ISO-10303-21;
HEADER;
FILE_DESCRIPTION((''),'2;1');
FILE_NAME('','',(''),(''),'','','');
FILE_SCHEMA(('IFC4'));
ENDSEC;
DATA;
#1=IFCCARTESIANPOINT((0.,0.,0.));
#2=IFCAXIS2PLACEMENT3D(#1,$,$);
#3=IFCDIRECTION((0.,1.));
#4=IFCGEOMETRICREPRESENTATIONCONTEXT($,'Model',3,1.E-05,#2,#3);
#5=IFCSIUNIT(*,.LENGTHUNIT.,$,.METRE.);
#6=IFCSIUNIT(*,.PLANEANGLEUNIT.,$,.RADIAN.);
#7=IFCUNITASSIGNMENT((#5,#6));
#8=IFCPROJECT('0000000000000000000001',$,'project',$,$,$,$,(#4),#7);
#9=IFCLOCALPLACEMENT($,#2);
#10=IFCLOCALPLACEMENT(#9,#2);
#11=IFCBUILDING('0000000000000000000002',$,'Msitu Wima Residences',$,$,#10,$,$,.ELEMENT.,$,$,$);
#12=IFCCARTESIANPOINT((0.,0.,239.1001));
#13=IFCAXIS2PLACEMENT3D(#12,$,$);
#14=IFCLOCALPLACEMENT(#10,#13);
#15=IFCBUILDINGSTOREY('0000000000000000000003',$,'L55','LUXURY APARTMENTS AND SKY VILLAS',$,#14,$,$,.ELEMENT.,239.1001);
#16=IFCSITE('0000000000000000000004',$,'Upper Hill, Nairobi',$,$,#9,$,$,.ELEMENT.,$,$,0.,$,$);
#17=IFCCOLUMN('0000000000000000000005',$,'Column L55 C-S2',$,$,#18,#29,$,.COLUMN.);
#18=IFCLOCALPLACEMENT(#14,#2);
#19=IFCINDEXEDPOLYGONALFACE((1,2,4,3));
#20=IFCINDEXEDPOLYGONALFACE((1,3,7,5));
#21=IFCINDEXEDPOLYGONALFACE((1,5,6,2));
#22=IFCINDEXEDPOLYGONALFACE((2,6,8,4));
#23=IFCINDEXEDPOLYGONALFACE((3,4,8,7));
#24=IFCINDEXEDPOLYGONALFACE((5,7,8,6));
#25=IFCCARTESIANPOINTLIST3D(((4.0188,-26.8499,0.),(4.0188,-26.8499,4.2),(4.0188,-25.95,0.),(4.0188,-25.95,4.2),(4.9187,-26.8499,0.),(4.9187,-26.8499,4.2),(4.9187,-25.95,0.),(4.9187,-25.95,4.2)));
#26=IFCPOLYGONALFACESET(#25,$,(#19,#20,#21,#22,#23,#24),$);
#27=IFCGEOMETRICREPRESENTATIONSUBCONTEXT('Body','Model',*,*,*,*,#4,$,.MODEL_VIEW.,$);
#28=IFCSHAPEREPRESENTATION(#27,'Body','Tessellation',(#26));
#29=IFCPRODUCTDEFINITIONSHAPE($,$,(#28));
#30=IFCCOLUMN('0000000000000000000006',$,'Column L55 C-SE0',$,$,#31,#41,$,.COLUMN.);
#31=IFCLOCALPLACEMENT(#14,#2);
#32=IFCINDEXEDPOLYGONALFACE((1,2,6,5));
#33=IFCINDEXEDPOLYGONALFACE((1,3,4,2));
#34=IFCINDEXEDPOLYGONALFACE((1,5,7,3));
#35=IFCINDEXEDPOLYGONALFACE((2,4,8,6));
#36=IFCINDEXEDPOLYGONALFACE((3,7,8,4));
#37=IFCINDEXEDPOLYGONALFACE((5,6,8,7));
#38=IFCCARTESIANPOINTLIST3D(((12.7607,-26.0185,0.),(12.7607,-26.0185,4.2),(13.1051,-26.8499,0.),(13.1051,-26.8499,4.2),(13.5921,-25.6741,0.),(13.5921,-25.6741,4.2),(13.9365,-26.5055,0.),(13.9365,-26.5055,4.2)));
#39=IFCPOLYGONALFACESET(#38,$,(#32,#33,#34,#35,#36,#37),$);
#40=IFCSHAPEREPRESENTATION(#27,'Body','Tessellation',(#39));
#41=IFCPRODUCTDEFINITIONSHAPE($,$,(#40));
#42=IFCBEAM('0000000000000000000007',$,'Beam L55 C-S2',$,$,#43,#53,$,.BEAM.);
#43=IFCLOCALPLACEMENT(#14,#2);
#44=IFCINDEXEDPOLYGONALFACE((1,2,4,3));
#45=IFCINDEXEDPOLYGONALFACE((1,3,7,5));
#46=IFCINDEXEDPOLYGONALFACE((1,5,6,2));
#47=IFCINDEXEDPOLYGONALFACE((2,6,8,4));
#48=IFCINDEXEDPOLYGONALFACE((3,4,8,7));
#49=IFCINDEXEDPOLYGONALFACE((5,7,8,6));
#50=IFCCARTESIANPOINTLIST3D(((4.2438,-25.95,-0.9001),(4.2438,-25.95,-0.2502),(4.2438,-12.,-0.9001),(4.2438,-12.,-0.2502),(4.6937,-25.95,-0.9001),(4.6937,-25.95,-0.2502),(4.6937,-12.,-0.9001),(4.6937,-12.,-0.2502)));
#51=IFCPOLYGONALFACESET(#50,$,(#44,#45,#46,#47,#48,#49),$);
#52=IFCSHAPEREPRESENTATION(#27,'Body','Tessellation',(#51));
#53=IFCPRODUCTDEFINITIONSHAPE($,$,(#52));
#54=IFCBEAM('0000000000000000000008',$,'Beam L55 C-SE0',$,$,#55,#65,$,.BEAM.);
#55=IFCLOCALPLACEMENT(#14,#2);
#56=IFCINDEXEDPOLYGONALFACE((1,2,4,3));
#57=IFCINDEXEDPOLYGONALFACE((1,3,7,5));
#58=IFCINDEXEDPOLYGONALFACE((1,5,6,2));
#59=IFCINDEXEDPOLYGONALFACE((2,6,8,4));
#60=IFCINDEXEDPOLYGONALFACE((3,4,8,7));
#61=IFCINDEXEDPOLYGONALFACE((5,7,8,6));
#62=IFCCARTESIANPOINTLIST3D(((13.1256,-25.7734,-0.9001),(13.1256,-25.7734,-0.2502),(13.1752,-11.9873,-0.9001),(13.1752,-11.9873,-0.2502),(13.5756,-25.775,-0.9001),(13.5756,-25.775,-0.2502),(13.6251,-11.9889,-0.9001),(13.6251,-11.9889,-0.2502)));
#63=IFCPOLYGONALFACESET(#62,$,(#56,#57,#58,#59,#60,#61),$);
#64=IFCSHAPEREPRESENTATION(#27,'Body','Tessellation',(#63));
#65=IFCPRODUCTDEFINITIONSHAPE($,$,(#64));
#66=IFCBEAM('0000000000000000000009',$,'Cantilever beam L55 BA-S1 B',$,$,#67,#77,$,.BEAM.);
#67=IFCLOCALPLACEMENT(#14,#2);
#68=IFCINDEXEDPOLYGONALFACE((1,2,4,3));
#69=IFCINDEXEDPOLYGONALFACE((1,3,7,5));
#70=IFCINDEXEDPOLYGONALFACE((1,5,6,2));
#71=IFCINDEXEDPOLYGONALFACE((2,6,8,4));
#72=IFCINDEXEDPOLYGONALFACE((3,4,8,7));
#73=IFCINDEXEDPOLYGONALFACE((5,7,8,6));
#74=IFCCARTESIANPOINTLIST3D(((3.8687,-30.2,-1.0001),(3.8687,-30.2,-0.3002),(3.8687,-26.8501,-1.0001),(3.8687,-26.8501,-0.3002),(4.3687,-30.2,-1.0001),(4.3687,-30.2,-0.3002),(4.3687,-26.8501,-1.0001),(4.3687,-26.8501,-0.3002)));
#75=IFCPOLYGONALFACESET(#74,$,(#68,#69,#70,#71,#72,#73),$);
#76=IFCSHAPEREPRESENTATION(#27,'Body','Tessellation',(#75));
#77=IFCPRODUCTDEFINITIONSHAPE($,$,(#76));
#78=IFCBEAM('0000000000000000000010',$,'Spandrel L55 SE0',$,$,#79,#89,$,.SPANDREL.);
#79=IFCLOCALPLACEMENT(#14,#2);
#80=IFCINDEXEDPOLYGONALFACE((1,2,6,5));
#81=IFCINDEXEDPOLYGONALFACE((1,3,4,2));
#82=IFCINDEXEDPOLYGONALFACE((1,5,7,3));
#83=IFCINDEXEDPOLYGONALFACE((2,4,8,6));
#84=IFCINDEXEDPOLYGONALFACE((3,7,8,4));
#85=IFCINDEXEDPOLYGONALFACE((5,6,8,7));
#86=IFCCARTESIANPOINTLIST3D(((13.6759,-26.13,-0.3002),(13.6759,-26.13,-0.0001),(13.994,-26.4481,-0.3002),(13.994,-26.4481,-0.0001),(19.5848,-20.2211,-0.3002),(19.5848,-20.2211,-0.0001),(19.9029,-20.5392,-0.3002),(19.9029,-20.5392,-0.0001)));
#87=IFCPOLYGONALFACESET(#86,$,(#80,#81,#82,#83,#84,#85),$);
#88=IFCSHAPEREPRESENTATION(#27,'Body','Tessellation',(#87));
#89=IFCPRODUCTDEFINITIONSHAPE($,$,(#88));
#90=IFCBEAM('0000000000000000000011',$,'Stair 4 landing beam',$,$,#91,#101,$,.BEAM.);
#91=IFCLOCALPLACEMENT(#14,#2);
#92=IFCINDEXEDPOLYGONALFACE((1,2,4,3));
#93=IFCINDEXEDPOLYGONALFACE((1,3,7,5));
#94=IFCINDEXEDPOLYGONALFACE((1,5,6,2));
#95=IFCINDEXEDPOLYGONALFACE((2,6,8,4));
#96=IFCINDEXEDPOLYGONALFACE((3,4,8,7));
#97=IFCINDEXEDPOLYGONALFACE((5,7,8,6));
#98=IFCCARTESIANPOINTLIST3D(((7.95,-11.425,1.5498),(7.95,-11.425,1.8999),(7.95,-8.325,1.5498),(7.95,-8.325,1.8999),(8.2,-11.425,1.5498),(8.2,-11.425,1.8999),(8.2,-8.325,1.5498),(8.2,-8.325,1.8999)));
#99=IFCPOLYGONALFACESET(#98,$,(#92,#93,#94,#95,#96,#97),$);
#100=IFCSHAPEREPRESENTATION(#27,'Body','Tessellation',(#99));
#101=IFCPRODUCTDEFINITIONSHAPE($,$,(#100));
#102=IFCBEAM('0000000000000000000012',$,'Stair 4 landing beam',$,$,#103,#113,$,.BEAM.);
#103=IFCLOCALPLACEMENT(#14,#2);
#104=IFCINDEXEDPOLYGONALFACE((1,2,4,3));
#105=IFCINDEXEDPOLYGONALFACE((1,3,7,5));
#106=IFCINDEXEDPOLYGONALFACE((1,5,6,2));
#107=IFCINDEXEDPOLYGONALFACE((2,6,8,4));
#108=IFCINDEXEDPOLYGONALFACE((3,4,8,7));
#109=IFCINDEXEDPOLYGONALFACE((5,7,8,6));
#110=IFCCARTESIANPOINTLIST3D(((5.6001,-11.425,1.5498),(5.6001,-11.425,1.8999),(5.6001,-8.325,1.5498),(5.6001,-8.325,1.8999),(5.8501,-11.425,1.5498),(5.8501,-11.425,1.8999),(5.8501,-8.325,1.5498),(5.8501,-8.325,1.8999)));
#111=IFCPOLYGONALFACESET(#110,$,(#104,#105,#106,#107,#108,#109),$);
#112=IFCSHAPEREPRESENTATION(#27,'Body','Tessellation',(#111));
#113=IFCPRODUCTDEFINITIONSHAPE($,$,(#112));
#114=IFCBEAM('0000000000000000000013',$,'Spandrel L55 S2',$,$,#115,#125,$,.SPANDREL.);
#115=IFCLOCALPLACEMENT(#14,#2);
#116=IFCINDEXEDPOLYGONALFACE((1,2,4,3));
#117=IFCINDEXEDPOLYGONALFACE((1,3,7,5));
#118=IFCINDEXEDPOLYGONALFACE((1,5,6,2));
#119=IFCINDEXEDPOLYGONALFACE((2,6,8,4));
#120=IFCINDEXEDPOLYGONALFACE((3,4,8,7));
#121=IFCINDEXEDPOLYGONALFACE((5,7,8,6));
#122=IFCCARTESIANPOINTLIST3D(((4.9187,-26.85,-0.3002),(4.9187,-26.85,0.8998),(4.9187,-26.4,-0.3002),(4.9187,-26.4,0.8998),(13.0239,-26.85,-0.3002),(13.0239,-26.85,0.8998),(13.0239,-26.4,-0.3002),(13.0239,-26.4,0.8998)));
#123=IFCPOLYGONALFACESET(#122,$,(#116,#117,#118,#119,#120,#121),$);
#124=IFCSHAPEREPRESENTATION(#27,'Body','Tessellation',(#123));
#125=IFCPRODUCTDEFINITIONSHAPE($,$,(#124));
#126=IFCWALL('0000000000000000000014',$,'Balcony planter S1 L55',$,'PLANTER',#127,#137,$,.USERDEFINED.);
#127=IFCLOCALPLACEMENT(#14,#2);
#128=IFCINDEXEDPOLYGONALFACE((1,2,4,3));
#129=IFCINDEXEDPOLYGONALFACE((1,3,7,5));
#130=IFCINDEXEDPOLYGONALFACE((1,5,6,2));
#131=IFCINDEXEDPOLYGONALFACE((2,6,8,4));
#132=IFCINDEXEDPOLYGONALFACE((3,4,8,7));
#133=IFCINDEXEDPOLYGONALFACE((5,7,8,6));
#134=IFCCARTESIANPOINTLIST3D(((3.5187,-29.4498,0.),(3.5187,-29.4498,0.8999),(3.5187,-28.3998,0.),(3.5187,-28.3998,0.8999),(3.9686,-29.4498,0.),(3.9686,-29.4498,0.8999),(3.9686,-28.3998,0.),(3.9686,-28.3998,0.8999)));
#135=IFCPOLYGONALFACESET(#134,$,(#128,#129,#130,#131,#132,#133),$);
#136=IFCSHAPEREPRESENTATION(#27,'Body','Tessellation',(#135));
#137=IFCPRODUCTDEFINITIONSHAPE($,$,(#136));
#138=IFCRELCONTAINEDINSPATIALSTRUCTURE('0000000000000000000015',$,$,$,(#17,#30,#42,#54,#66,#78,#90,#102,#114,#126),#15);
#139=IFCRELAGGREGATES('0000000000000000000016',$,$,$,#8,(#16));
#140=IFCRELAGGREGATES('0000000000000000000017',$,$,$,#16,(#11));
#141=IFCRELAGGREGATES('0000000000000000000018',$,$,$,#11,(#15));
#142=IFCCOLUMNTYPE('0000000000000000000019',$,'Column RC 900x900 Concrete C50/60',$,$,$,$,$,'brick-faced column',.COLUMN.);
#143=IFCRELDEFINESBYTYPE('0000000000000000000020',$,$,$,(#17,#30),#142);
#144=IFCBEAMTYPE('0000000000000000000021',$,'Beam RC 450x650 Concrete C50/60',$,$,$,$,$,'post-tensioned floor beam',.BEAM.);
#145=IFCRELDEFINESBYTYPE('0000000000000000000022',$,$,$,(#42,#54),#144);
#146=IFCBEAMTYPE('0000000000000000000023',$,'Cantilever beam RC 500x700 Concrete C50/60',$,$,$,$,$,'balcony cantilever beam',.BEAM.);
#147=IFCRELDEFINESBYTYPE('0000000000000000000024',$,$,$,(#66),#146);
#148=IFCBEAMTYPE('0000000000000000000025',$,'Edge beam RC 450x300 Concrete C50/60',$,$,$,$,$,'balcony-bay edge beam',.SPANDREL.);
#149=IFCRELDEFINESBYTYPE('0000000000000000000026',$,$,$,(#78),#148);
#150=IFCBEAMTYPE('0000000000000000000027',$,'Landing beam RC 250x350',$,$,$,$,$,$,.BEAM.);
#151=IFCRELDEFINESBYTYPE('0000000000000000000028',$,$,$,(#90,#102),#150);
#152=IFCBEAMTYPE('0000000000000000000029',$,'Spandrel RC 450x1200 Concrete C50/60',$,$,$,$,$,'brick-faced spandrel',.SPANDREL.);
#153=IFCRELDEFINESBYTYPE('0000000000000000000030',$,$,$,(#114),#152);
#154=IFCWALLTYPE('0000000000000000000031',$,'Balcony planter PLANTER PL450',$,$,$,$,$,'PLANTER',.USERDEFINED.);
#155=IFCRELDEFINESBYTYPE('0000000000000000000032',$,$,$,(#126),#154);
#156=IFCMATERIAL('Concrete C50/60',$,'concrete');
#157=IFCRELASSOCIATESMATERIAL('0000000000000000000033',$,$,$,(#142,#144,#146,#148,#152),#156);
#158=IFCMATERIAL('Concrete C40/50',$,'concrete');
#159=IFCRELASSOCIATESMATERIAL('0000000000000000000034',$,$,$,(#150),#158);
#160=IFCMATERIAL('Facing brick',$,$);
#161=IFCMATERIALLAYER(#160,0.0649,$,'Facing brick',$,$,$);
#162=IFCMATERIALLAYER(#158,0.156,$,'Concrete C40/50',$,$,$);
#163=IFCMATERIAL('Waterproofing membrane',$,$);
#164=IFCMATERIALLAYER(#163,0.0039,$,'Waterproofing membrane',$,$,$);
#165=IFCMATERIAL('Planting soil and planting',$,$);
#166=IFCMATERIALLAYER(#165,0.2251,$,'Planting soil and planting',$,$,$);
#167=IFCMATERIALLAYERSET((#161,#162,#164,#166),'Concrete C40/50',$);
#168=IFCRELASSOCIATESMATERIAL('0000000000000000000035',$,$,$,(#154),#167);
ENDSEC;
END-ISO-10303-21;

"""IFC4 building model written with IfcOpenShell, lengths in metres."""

from ifc_helpers import new_model, si_unit, direction, frame, frame_2d, origin, origin_2d, place, context, subcontext, project, spatial, rectangle, extrude, material, layer, layer_set, material_profile, profile_set, type_object, element, save


model = new_model("IFC4")

# Units and contexts
model_context = context("Model", 3, precision=1e-05, world=origin(), true_north=direction((0.0, 1.0)))
body_context = subcontext(model_context, "Body", "Model", "MODEL_VIEW")
ifc_project = project(units=[si_unit("LENGTHUNIT", "METRE"), si_unit("PLANEANGLEUNIT", "RADIAN")], contexts=[model_context])

# Site, building, storey
site_placement = place(None, origin())
site = spatial("IfcSite", under=ifc_project, at=site_placement, Name="Upper Hill, Nairobi", CompositionType="ELEMENT", RefElevation=0.0)
building_placement = place(site_placement, origin())
building = spatial("IfcBuilding", under=site, at=building_placement, Name="Msitu Wima Residences", CompositionType="ELEMENT")
storey_placement = place(building_placement, frame((0.0, 0.0, 239.1001)))
storey = spatial("IfcBuildingStorey", under=building, at=storey_placement, Name="L55", Description="LUXURY APARTMENTS AND SKY VILLAS", CompositionType="ELEMENT", Elevation=239.1001)

# Columns
ifc_material_1 = material(Name="Concrete C50/60", Category="concrete")
ifc_material_profile_1 = material_profile(ifc_material_1, rectangle(XDim=0.8999, YDim=0.8999, at=origin_2d()), Name="RC 900x900")
ifc_profile_set_1 = profile_set([ifc_material_profile_1], Name="Concrete C50/60")
column_type = type_object("IfcColumnType", Name="Column RC 900x900 Concrete C50/60", ElementType="brick-faced column", PredefinedType="COLUMN", material=ifc_profile_set_1)
for number, where, z_axis, x_axis, name in (
    (1, (4.4688, -26.3999, 0.0), (0.0, 0.0, 1.0), (1.0, 0.0, 0.0), "Column L55 C-S2"),
    (2, (13.3486, -26.262, 0.0), (0.0, 0.0, 1.0), (0.92388, 0.382683, 0.0), "Column L55 C-SE0"),
):
    element("IfcColumn", number, at=place(storey_placement, frame(where, z_axis=z_axis, x_axis=x_axis)), inside=storey, type_object=column_type, Name=name, PredefinedType="COLUMN", context=body_context, shape_type="SweptSolid", body=[
        extrude(rectangle(XDim=0.8999, YDim=0.8999, at=origin_2d()), origin(), (0.0, 0.0, 1.0), 4.2),
    ])

# Beams
ifc_material_profile_2 = material_profile(ifc_material_1, rectangle(XDim=0.45, YDim=0.6499, at=origin_2d()), Name="RC 450x650")
ifc_profile_set_2 = profile_set([ifc_material_profile_2], Name="Concrete C50/60")
beam_type_1 = type_object("IfcBeamType", Name="Beam RC 450x650 Concrete C50/60", ElementType="post-tensioned floor beam", PredefinedType="BEAM", material=ifc_profile_set_2)
beam_1_placement = place(storey_placement, frame((4.4688, -25.95, -0.5752), z_axis=(0.0, 1.0, 0.0), x_axis=(-1.0, 0.0, 0.0)))
element("IfcBeam", 3, at=beam_1_placement, inside=storey, type_object=beam_type_1, Name="Beam L55 C-S2", PredefinedType="BEAM", context=body_context, shape_type="SweptSolid", body=[
    extrude(rectangle(XDim=0.45, YDim=0.6499, at=origin_2d()), origin(), (0.0, 0.0, 1.0), 13.95),
])
beam_2_placement = place(storey_placement, frame((13.3506, -25.7742, -0.5752), z_axis=(0.003595, 0.999994, 0.0), x_axis=(-0.999994, 0.003595, 0.0)))
element("IfcBeam", 4, at=beam_2_placement, inside=storey, type_object=beam_type_1, Name="Beam L55 C-SE0", PredefinedType="BEAM", context=body_context, shape_type="SweptSolid", body=[
    extrude(rectangle(XDim=0.45, YDim=0.6499, at=origin_2d()), origin(), (0.0, 0.0, 1.0), 13.7861),
])
ifc_material_profile_3 = material_profile(ifc_material_1, rectangle(XDim=0.5, YDim=0.7, at=origin_2d()), Name="RC 500x700")
ifc_profile_set_3 = profile_set([ifc_material_profile_3], Name="Concrete C50/60")
beam_type_2 = type_object("IfcBeamType", Name="Cantilever beam RC 500x700 Concrete C50/60", ElementType="balcony cantilever beam", PredefinedType="BEAM", material=ifc_profile_set_3)
beam_3_placement = place(storey_placement, frame((4.1187, -26.8501, -0.6501), z_axis=(0.0, -1.0, 0.0), x_axis=(1.0, 0.0, 0.0)))
element("IfcBeam", 5, at=beam_3_placement, inside=storey, type_object=beam_type_2, Name="Cantilever beam L55 BA-S1 B", PredefinedType="BEAM", context=body_context, shape_type="SweptSolid", body=[
    extrude(rectangle(XDim=0.5, YDim=0.7, at=origin_2d()), origin(), (0.0, 0.0, 1.0), 3.3499),
])
ifc_material_profile_4 = material_profile(ifc_material_1, rectangle(XDim=0.45, YDim=0.3, at=origin_2d()), Name="RC 450x300")
ifc_profile_set_4 = profile_set([ifc_material_profile_4], Name="Concrete C50/60")
beam_type_3 = type_object("IfcBeamType", Name="Edge beam RC 450x300 Concrete C50/60", ElementType="balcony-bay edge beam", PredefinedType="SPANDREL", material=ifc_profile_set_4)
beam_4_placement = place(storey_placement, frame((13.835, -26.2891, -0.1501), z_axis=(0.707107, 0.707107, 0.0), x_axis=(-0.707107, 0.707107, 0.0)))
element("IfcBeam", 6, at=beam_4_placement, inside=storey, type_object=beam_type_3, Name="Spandrel L55 SE0", PredefinedType="SPANDREL", context=body_context, shape_type="SweptSolid", body=[
    extrude(rectangle(XDim=0.45, YDim=0.3, at=origin_2d()), origin(), (0.0, 0.0, 1.0), 8.3564),
])
ifc_material_2 = material(Name="Concrete C40/50", Category="concrete")
ifc_material_profile_5 = material_profile(ifc_material_2, rectangle(XDim=0.25, YDim=0.3501, at=origin_2d()), Name="RC 250x350")
ifc_profile_set_5 = profile_set([ifc_material_profile_5], Name="Concrete C40/50")
beam_type_4 = type_object("IfcBeamType", Name="Landing beam RC 250x350", PredefinedType="BEAM", material=ifc_profile_set_5)
for number, where, z_axis, x_axis, name in (
    (7, (8.075, -11.425, 1.7249), (0.0, 1.0, 0.0), (-1.0, 0.0, 0.0), "Stair 4 landing beam"),
    (8, (5.7251, -11.425, 1.7249), (0.0, 1.0, 0.0), (-1.0, 0.0, 0.0), "Stair 4 landing beam"),
):
    element("IfcBeam", number, at=place(storey_placement, frame(where, z_axis=z_axis, x_axis=x_axis)), inside=storey, type_object=beam_type_4, Name=name, PredefinedType="BEAM", context=body_context, shape_type="SweptSolid", body=[
        extrude(rectangle(XDim=0.25, YDim=0.3501, at=origin_2d()), origin(), (0.0, 0.0, 1.0), 3.1001),
    ])
ifc_material_profile_6 = material_profile(ifc_material_1, rectangle(XDim=0.45, YDim=1.2, at=origin_2d()), Name="RC 450x1200")
ifc_profile_set_6 = profile_set([ifc_material_profile_6], Name="Concrete C50/60")
beam_type_5 = type_object("IfcBeamType", Name="Spandrel RC 450x1200 Concrete C50/60", ElementType="brick-faced spandrel", PredefinedType="SPANDREL", material=ifc_profile_set_6)
beam_5_placement = place(storey_placement, frame((4.9187, -26.625, 0.2998), z_axis=(1.0, 0.0, 0.0), x_axis=(0.0, 1.0, 0.0)))
element("IfcBeam", 9, at=beam_5_placement, inside=storey, type_object=beam_type_5, Name="Spandrel L55 S2", PredefinedType="SPANDREL", context=body_context, shape_type="SweptSolid", body=[
    extrude(rectangle(XDim=0.45, YDim=1.2, at=origin_2d()), origin(), (0.0, 0.0, 1.0), 8.1052),
])

# Wall
ifc_material_3 = material(Name="Facing brick")
ifc_layer_1 = layer(ifc_material_3, 0.0649, Name="Facing brick")
ifc_layer_2 = layer(ifc_material_2, 0.156, Name="Concrete C40/50")
ifc_material_4 = material(Name="Waterproofing membrane")
ifc_layer_3 = layer(ifc_material_4, 0.0039, Name="Waterproofing membrane")
ifc_material_5 = material(Name="Planting soil and planting")
ifc_layer_4 = layer(ifc_material_5, 0.2251, Name="Planting soil and planting")
ifc_layer_set_1 = layer_set([ifc_layer_1, ifc_layer_2, ifc_layer_3, ifc_layer_4], Name="Concrete C40/50")
wall_type_1 = type_object("IfcWallType", Name="Balcony planter PLANTER PL450", ElementType="PLANTER", PredefinedType="USERDEFINED", material=ifc_layer_set_1)
wall_1_placement = place(storey_placement, frame((3.7437, -28.3999, 0.0), z_axis=(0.0, 0.0, 1.0), x_axis=(0.0, -1.0, 0.0)))
element("IfcWall", 10, at=wall_1_placement, inside=storey, type_object=wall_type_1, Name="Balcony planter S1 L55", ObjectType="PLANTER", PredefinedType="USERDEFINED", context=body_context, shape_type="SweptSolid", body=[
    extrude(rectangle(XDim=1.05, YDim=0.45, at=frame_2d((0.5249, 0.0))), origin(), (0.0, 0.0, 1.0), 0.8999),
])

save(model, "model.ifc")
